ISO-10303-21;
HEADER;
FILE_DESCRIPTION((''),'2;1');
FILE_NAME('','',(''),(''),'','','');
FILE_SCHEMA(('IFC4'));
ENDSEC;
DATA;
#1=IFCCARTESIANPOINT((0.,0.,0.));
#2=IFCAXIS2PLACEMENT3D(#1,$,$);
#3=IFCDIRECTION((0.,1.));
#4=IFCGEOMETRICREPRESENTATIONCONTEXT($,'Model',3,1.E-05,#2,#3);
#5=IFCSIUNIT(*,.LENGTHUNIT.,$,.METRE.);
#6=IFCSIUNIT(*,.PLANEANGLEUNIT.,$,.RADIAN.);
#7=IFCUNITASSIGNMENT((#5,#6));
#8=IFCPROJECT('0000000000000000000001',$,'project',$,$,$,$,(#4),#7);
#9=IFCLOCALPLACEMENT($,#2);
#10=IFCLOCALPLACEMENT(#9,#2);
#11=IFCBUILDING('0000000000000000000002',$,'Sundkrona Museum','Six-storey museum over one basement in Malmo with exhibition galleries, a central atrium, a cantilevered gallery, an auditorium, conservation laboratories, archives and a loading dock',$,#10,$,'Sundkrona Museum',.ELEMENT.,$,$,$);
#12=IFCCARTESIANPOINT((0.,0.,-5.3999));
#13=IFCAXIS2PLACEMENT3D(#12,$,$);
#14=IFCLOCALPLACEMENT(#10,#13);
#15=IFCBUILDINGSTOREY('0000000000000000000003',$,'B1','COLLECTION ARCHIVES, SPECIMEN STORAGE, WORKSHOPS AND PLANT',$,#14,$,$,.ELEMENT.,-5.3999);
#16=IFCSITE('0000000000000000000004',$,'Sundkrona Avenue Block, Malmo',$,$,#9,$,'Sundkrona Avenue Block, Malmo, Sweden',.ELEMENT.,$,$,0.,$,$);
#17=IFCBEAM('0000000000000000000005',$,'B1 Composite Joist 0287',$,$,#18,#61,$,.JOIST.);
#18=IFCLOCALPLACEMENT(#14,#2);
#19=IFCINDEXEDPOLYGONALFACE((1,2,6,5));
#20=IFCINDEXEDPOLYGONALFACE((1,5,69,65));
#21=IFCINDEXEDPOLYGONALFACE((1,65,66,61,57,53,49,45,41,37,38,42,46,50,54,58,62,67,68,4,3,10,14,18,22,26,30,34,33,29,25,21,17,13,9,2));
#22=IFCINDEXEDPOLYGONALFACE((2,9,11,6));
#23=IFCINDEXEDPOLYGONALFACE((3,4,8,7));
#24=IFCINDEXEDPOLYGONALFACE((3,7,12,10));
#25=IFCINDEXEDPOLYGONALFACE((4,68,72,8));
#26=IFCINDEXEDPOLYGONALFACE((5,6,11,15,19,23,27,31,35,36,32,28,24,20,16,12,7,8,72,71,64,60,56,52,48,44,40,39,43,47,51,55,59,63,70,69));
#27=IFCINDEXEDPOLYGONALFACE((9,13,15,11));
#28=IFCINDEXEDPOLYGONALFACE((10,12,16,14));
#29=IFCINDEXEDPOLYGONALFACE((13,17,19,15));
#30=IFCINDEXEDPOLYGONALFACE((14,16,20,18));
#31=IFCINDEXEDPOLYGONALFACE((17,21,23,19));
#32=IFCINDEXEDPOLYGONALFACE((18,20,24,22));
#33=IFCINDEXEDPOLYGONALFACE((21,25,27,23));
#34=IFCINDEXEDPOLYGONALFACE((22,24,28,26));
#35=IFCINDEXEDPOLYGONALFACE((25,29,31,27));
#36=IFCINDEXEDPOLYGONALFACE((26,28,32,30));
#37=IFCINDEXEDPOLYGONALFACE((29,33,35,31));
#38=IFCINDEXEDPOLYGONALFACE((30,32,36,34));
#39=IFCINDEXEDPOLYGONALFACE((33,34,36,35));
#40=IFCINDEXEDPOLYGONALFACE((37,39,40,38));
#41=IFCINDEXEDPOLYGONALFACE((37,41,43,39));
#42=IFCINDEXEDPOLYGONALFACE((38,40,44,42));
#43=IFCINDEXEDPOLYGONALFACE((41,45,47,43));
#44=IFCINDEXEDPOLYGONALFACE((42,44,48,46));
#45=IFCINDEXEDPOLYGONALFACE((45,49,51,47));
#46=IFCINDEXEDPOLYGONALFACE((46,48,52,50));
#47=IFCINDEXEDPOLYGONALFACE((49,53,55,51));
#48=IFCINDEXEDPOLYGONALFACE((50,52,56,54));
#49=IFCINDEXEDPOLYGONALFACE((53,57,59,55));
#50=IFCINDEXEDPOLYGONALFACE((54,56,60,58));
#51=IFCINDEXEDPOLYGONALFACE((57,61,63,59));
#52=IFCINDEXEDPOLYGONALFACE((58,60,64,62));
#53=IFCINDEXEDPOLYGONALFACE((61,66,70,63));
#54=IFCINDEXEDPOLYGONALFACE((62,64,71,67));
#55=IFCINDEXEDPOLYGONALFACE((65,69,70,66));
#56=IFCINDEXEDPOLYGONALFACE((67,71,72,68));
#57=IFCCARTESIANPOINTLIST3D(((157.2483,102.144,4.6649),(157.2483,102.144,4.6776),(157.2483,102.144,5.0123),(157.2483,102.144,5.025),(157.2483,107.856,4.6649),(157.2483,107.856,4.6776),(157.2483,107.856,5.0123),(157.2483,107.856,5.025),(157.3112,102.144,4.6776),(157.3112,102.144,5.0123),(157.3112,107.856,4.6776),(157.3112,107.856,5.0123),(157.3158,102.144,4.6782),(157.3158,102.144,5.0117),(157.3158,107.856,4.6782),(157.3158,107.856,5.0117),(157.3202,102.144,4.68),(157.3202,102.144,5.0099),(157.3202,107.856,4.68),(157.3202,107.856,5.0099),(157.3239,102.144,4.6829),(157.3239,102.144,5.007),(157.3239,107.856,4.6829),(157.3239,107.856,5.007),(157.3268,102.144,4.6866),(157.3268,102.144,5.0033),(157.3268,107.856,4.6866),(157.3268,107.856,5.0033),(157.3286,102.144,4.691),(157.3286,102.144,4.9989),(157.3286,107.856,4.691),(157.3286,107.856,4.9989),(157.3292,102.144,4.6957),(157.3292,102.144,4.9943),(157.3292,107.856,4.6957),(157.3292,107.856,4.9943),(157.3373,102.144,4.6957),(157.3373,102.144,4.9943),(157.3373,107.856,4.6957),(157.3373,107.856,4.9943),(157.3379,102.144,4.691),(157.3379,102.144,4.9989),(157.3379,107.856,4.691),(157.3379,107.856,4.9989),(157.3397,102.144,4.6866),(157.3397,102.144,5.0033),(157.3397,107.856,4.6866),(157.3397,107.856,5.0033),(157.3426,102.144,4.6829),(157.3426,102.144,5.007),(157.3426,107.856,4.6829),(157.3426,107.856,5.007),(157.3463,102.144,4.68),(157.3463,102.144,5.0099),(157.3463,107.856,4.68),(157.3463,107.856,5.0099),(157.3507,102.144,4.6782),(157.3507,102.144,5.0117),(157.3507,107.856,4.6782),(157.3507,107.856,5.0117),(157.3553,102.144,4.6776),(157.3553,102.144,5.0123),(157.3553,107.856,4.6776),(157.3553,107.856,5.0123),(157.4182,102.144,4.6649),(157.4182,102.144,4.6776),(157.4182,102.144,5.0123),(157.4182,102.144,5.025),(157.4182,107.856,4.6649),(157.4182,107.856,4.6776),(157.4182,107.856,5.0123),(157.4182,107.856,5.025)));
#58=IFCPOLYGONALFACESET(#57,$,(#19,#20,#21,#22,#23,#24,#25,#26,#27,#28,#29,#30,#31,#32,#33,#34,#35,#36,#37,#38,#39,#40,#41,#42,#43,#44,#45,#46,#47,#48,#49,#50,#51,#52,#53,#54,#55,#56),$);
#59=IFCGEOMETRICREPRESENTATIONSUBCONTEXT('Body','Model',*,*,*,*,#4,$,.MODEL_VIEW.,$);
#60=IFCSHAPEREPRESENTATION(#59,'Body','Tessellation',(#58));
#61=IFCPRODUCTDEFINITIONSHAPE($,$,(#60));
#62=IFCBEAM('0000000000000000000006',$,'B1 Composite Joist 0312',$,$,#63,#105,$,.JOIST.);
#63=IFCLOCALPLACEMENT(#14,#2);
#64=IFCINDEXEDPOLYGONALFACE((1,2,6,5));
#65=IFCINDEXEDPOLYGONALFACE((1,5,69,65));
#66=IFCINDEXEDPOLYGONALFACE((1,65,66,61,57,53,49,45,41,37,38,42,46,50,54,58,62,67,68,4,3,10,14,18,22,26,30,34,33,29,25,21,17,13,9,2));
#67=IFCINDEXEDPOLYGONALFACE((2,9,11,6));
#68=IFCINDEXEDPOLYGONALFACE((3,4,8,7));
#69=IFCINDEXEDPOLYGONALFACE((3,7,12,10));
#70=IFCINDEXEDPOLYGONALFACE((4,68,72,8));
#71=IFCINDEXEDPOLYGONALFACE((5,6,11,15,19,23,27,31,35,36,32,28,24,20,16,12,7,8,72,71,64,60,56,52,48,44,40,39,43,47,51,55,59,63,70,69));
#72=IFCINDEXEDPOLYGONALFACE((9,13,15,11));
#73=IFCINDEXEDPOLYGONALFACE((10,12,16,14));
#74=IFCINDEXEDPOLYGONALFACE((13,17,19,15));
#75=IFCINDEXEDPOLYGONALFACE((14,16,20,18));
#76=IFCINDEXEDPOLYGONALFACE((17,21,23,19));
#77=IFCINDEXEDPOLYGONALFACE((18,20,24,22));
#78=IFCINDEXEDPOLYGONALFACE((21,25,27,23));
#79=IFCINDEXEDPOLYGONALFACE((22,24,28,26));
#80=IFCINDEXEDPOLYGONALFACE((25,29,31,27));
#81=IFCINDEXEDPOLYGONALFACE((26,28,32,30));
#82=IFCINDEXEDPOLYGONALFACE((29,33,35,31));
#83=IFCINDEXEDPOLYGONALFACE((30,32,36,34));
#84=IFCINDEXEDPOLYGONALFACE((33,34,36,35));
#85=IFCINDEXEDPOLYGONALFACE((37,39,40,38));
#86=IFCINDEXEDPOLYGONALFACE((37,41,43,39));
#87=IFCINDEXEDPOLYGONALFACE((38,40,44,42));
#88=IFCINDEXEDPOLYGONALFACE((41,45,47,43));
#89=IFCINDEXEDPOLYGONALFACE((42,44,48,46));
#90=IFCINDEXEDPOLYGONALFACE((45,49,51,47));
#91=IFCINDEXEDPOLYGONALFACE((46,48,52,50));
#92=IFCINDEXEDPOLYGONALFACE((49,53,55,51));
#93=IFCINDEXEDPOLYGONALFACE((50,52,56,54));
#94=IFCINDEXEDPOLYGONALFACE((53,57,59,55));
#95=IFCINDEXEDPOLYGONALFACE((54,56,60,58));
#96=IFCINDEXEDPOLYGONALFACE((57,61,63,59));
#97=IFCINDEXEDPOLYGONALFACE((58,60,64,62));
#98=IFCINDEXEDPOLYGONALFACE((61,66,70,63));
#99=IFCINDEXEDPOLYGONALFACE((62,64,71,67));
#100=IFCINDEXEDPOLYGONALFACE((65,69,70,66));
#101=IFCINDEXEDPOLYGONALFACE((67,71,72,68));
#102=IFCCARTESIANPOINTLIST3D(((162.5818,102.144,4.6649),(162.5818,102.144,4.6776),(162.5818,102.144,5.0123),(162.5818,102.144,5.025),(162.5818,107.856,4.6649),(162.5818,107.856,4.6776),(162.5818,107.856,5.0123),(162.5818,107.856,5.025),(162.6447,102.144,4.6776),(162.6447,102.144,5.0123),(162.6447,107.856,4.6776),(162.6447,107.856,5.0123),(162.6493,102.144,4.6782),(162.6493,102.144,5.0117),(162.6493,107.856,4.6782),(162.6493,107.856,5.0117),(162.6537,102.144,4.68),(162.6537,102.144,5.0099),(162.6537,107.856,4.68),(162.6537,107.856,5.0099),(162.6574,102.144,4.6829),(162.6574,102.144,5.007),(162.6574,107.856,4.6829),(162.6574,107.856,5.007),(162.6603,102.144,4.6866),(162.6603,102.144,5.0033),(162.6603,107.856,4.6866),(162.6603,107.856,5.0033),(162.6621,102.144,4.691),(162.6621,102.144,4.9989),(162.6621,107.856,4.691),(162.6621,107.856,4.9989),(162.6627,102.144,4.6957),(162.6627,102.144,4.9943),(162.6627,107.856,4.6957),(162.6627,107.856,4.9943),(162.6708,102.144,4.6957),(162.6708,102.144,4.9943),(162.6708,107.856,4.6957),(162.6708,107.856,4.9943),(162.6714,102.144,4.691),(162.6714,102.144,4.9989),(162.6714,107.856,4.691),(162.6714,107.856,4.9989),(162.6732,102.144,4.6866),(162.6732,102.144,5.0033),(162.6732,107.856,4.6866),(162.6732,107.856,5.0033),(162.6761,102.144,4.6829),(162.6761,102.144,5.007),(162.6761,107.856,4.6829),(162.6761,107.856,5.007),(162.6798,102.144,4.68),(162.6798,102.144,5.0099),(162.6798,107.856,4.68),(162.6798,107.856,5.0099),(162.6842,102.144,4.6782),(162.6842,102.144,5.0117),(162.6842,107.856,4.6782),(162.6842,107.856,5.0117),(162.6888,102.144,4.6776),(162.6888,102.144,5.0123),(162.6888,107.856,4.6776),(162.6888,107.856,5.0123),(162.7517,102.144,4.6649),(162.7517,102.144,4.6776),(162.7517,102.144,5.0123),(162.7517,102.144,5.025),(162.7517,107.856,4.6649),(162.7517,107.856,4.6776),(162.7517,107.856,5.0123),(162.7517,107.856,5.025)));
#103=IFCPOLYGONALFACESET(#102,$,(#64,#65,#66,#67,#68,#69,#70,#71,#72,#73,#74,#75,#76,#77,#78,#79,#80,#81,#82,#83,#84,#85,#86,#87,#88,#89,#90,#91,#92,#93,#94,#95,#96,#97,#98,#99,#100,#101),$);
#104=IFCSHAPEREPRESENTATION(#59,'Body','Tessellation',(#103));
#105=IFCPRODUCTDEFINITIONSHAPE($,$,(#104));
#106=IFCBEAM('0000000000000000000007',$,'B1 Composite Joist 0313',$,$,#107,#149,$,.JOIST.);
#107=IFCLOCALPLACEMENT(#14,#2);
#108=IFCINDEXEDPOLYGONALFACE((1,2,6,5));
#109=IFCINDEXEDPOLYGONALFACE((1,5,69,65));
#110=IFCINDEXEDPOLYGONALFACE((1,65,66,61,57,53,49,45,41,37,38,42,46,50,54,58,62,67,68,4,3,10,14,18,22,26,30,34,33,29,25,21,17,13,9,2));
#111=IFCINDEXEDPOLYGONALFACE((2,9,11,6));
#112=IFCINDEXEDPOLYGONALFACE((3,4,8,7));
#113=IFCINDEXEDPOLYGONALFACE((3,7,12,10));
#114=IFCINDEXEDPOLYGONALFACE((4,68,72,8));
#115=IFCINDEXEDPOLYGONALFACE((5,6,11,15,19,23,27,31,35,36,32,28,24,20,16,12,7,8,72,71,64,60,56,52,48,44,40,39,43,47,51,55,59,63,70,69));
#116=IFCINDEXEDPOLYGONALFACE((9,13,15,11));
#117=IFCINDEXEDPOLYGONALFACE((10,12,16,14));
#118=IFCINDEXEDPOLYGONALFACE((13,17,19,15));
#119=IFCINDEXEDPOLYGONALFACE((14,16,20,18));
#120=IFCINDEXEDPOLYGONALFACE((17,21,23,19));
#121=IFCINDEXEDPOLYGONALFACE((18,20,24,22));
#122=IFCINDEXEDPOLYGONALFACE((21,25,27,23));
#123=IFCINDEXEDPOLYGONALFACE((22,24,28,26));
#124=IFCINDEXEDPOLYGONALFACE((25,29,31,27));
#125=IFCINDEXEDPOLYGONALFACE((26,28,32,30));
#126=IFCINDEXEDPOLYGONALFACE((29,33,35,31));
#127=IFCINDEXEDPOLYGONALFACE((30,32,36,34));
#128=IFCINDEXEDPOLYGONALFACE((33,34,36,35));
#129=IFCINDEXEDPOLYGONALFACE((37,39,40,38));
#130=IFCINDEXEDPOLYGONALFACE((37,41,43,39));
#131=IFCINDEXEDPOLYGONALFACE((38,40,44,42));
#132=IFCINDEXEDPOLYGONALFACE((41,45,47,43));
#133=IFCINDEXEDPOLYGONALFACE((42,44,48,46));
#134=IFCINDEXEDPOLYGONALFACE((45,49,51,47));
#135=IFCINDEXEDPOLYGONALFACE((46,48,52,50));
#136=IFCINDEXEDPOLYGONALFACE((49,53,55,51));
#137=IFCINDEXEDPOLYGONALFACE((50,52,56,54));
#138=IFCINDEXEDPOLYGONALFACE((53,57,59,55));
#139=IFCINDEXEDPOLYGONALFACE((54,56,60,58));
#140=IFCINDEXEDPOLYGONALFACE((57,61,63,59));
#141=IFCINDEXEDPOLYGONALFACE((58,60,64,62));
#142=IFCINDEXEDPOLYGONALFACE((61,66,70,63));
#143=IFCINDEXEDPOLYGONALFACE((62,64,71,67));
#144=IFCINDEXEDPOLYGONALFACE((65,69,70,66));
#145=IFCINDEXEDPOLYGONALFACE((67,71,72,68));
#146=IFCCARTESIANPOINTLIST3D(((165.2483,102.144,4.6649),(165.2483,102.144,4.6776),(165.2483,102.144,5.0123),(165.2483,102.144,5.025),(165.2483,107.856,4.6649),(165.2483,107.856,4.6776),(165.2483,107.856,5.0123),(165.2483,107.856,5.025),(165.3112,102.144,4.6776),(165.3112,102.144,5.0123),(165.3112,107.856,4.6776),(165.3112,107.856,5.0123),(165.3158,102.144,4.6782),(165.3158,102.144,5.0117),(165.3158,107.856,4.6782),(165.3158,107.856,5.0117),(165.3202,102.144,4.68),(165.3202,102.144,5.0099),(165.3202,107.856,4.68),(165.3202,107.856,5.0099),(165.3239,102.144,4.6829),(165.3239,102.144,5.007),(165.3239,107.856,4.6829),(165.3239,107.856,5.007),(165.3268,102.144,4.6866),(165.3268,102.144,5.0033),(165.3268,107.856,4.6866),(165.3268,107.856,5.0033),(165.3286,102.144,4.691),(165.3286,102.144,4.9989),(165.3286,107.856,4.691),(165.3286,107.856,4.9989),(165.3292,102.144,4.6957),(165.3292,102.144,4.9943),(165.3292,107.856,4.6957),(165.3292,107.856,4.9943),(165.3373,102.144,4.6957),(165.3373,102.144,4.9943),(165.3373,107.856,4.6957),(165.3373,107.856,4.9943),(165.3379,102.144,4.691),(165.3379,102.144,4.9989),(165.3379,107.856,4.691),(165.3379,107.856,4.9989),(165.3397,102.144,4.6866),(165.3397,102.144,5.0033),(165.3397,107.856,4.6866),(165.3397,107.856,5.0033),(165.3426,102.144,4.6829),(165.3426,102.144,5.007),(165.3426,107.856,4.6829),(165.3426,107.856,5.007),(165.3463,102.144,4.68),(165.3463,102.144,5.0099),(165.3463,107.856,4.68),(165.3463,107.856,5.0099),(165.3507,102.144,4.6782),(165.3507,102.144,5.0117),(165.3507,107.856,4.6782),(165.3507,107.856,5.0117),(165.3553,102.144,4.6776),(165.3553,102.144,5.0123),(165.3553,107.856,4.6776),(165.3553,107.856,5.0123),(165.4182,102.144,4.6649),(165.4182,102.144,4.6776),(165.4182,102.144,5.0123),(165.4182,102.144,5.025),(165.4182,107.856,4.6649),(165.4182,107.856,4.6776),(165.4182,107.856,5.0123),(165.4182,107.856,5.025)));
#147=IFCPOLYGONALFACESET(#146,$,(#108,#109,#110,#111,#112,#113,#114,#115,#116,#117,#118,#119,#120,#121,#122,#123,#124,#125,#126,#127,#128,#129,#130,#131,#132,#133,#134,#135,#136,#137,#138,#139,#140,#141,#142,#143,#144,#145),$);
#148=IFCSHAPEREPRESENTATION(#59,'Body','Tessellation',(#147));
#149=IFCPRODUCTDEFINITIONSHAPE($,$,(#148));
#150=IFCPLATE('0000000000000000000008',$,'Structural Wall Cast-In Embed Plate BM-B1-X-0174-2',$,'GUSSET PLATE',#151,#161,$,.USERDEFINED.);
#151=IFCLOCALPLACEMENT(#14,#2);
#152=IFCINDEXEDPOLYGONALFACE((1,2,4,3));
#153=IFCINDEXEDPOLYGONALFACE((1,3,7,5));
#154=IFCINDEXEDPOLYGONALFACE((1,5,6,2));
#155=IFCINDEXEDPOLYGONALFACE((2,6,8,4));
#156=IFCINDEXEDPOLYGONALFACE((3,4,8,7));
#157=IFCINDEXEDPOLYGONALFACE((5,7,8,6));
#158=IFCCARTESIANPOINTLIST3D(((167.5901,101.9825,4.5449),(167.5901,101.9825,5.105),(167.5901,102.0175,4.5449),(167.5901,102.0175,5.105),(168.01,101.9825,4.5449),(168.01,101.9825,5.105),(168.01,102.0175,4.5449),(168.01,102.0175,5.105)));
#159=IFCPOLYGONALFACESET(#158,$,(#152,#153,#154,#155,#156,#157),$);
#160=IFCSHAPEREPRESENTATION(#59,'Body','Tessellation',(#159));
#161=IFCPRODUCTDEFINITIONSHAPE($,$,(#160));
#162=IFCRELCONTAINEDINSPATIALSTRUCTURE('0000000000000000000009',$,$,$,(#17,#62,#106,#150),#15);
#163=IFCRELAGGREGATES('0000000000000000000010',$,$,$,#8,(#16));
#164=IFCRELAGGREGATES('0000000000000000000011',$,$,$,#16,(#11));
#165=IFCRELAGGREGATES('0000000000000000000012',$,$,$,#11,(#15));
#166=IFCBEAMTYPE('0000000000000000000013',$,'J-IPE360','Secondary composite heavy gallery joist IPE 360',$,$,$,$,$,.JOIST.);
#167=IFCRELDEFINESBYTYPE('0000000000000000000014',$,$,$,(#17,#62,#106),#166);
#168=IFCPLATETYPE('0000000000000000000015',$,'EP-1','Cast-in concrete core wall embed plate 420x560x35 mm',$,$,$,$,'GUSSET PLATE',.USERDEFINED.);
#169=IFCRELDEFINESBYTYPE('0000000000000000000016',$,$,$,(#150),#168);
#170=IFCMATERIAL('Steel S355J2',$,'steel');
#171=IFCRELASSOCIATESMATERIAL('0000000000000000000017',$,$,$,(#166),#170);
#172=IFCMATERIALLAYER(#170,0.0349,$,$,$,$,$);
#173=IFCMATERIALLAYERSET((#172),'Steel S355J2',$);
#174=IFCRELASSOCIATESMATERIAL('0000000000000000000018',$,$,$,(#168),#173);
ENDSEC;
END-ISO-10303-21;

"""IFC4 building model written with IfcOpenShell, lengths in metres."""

from ifc_helpers import new_model, si_unit, direction, frame, origin, origin_2d, place, context, subcontext, project, spatial, rectangle, i_section, extrude, material, layer, layer_set, material_profile, profile_set, type_object, element, save


model = new_model("IFC4")

# Units and contexts
model_context = context("Model", 3, precision=1e-05, world=origin(), true_north=direction((0.0, 1.0)))
body_context = subcontext(model_context, "Body", "Model", "MODEL_VIEW")
ifc_project = project(units=[si_unit("LENGTHUNIT", "METRE"), si_unit("PLANEANGLEUNIT", "RADIAN")], contexts=[model_context])

# Site, building, storey
site_placement = place(None, origin())
site = spatial("IfcSite", under=ifc_project, at=site_placement, Name="Sundkrona Avenue Block, Malmo", LongName="Sundkrona Avenue Block, Malmo, Sweden", CompositionType="ELEMENT", RefElevation=0.0)
building_placement = place(site_placement, origin())
building = spatial("IfcBuilding", under=site, at=building_placement, Name="Sundkrona Museum", Description="Six-storey museum over one basement in Malmo with exhibition galleries, a central atrium, a cantilevered gallery, an auditorium, conservation laboratories, archives and a loading dock", LongName="Sundkrona Museum", CompositionType="ELEMENT")
storey_placement = place(building_placement, frame((0.0, 0.0, -5.3999)))
storey = spatial("IfcBuildingStorey", under=building, at=storey_placement, Name="B1", Description="COLLECTION ARCHIVES, SPECIMEN STORAGE, WORKSHOPS AND PLANT", CompositionType="ELEMENT", Elevation=-5.3999)

# Beams
ifc_material_1 = material(Name="Steel S355J2", Category="steel")
ifc_material_profile_1 = material_profile(ifc_material_1, i_section(OverallWidth=0.1699, OverallDepth=0.3601, WebThickness=0.0081, FlangeThickness=0.0127, FilletRadius=0.0181, at=origin_2d()), Name="IPE 360")
ifc_profile_set_1 = profile_set([ifc_material_profile_1], Name="Steel S355J2")
beam_type_1 = type_object("IfcBeamType", Name="J-IPE360", Description="Secondary composite heavy gallery joist IPE 360", PredefinedType="JOIST", material=ifc_profile_set_1)
for number, where, z_axis, x_axis, name in (
    (1, (157.3333, 102.144, 4.845), (0.0, 1.0, 0.0), (-1.0, 0.0, 0.0), "B1 Composite Joist 0287"),
    (2, (162.6667, 102.144, 4.845), (0.0, 1.0, 0.0), (-1.0, 0.0, 0.0), "B1 Composite Joist 0312"),
    (3, (165.3333, 102.144, 4.845), (0.0, 1.0, 0.0), (-1.0, 0.0, 0.0), "B1 Composite Joist 0313"),
):
    element("IfcBeam", number, at=place(storey_placement, frame(where, z_axis=z_axis, x_axis=x_axis)), inside=storey, type_object=beam_type_1, Name=name, PredefinedType="JOIST", context=body_context, shape_type="SweptSolid", body=[
        extrude(i_section(OverallWidth=0.1699, OverallDepth=0.3601, WebThickness=0.0081, FlangeThickness=0.0127, FilletRadius=0.0181, at=origin_2d()), origin(), (0.0, 0.0, 1.0), 5.7119),
    ])

# Plate
ifc_layer = layer(ifc_material_1, 0.0349)
ifc_layer_set = layer_set([ifc_layer], Name="Steel S355J2")
plate_type = type_object("IfcPlateType", Name="EP-1", Description="Cast-in concrete core wall embed plate 420x560x35 mm", ElementType="GUSSET PLATE", PredefinedType="USERDEFINED", material=ifc_layer_set)
plate_placement = place(storey_placement, frame((167.8, 102.0, 4.5449), z_axis=(0.0, 0.0, 1.0), x_axis=(1.0, 0.0, 0.0)))
element("IfcPlate", 4, at=plate_placement, inside=storey, type_object=plate_type, Name="Structural Wall Cast-In Embed Plate BM-B1-X-0174-2", ObjectType="GUSSET PLATE", PredefinedType="USERDEFINED", context=body_context, shape_type="SweptSolid", body=[
    extrude(rectangle(XDim=0.4199, YDim=0.0349, at=origin_2d()), origin(), (0.0, 0.0, 1.0), 0.5601),
])

save(model, "model.ifc")
